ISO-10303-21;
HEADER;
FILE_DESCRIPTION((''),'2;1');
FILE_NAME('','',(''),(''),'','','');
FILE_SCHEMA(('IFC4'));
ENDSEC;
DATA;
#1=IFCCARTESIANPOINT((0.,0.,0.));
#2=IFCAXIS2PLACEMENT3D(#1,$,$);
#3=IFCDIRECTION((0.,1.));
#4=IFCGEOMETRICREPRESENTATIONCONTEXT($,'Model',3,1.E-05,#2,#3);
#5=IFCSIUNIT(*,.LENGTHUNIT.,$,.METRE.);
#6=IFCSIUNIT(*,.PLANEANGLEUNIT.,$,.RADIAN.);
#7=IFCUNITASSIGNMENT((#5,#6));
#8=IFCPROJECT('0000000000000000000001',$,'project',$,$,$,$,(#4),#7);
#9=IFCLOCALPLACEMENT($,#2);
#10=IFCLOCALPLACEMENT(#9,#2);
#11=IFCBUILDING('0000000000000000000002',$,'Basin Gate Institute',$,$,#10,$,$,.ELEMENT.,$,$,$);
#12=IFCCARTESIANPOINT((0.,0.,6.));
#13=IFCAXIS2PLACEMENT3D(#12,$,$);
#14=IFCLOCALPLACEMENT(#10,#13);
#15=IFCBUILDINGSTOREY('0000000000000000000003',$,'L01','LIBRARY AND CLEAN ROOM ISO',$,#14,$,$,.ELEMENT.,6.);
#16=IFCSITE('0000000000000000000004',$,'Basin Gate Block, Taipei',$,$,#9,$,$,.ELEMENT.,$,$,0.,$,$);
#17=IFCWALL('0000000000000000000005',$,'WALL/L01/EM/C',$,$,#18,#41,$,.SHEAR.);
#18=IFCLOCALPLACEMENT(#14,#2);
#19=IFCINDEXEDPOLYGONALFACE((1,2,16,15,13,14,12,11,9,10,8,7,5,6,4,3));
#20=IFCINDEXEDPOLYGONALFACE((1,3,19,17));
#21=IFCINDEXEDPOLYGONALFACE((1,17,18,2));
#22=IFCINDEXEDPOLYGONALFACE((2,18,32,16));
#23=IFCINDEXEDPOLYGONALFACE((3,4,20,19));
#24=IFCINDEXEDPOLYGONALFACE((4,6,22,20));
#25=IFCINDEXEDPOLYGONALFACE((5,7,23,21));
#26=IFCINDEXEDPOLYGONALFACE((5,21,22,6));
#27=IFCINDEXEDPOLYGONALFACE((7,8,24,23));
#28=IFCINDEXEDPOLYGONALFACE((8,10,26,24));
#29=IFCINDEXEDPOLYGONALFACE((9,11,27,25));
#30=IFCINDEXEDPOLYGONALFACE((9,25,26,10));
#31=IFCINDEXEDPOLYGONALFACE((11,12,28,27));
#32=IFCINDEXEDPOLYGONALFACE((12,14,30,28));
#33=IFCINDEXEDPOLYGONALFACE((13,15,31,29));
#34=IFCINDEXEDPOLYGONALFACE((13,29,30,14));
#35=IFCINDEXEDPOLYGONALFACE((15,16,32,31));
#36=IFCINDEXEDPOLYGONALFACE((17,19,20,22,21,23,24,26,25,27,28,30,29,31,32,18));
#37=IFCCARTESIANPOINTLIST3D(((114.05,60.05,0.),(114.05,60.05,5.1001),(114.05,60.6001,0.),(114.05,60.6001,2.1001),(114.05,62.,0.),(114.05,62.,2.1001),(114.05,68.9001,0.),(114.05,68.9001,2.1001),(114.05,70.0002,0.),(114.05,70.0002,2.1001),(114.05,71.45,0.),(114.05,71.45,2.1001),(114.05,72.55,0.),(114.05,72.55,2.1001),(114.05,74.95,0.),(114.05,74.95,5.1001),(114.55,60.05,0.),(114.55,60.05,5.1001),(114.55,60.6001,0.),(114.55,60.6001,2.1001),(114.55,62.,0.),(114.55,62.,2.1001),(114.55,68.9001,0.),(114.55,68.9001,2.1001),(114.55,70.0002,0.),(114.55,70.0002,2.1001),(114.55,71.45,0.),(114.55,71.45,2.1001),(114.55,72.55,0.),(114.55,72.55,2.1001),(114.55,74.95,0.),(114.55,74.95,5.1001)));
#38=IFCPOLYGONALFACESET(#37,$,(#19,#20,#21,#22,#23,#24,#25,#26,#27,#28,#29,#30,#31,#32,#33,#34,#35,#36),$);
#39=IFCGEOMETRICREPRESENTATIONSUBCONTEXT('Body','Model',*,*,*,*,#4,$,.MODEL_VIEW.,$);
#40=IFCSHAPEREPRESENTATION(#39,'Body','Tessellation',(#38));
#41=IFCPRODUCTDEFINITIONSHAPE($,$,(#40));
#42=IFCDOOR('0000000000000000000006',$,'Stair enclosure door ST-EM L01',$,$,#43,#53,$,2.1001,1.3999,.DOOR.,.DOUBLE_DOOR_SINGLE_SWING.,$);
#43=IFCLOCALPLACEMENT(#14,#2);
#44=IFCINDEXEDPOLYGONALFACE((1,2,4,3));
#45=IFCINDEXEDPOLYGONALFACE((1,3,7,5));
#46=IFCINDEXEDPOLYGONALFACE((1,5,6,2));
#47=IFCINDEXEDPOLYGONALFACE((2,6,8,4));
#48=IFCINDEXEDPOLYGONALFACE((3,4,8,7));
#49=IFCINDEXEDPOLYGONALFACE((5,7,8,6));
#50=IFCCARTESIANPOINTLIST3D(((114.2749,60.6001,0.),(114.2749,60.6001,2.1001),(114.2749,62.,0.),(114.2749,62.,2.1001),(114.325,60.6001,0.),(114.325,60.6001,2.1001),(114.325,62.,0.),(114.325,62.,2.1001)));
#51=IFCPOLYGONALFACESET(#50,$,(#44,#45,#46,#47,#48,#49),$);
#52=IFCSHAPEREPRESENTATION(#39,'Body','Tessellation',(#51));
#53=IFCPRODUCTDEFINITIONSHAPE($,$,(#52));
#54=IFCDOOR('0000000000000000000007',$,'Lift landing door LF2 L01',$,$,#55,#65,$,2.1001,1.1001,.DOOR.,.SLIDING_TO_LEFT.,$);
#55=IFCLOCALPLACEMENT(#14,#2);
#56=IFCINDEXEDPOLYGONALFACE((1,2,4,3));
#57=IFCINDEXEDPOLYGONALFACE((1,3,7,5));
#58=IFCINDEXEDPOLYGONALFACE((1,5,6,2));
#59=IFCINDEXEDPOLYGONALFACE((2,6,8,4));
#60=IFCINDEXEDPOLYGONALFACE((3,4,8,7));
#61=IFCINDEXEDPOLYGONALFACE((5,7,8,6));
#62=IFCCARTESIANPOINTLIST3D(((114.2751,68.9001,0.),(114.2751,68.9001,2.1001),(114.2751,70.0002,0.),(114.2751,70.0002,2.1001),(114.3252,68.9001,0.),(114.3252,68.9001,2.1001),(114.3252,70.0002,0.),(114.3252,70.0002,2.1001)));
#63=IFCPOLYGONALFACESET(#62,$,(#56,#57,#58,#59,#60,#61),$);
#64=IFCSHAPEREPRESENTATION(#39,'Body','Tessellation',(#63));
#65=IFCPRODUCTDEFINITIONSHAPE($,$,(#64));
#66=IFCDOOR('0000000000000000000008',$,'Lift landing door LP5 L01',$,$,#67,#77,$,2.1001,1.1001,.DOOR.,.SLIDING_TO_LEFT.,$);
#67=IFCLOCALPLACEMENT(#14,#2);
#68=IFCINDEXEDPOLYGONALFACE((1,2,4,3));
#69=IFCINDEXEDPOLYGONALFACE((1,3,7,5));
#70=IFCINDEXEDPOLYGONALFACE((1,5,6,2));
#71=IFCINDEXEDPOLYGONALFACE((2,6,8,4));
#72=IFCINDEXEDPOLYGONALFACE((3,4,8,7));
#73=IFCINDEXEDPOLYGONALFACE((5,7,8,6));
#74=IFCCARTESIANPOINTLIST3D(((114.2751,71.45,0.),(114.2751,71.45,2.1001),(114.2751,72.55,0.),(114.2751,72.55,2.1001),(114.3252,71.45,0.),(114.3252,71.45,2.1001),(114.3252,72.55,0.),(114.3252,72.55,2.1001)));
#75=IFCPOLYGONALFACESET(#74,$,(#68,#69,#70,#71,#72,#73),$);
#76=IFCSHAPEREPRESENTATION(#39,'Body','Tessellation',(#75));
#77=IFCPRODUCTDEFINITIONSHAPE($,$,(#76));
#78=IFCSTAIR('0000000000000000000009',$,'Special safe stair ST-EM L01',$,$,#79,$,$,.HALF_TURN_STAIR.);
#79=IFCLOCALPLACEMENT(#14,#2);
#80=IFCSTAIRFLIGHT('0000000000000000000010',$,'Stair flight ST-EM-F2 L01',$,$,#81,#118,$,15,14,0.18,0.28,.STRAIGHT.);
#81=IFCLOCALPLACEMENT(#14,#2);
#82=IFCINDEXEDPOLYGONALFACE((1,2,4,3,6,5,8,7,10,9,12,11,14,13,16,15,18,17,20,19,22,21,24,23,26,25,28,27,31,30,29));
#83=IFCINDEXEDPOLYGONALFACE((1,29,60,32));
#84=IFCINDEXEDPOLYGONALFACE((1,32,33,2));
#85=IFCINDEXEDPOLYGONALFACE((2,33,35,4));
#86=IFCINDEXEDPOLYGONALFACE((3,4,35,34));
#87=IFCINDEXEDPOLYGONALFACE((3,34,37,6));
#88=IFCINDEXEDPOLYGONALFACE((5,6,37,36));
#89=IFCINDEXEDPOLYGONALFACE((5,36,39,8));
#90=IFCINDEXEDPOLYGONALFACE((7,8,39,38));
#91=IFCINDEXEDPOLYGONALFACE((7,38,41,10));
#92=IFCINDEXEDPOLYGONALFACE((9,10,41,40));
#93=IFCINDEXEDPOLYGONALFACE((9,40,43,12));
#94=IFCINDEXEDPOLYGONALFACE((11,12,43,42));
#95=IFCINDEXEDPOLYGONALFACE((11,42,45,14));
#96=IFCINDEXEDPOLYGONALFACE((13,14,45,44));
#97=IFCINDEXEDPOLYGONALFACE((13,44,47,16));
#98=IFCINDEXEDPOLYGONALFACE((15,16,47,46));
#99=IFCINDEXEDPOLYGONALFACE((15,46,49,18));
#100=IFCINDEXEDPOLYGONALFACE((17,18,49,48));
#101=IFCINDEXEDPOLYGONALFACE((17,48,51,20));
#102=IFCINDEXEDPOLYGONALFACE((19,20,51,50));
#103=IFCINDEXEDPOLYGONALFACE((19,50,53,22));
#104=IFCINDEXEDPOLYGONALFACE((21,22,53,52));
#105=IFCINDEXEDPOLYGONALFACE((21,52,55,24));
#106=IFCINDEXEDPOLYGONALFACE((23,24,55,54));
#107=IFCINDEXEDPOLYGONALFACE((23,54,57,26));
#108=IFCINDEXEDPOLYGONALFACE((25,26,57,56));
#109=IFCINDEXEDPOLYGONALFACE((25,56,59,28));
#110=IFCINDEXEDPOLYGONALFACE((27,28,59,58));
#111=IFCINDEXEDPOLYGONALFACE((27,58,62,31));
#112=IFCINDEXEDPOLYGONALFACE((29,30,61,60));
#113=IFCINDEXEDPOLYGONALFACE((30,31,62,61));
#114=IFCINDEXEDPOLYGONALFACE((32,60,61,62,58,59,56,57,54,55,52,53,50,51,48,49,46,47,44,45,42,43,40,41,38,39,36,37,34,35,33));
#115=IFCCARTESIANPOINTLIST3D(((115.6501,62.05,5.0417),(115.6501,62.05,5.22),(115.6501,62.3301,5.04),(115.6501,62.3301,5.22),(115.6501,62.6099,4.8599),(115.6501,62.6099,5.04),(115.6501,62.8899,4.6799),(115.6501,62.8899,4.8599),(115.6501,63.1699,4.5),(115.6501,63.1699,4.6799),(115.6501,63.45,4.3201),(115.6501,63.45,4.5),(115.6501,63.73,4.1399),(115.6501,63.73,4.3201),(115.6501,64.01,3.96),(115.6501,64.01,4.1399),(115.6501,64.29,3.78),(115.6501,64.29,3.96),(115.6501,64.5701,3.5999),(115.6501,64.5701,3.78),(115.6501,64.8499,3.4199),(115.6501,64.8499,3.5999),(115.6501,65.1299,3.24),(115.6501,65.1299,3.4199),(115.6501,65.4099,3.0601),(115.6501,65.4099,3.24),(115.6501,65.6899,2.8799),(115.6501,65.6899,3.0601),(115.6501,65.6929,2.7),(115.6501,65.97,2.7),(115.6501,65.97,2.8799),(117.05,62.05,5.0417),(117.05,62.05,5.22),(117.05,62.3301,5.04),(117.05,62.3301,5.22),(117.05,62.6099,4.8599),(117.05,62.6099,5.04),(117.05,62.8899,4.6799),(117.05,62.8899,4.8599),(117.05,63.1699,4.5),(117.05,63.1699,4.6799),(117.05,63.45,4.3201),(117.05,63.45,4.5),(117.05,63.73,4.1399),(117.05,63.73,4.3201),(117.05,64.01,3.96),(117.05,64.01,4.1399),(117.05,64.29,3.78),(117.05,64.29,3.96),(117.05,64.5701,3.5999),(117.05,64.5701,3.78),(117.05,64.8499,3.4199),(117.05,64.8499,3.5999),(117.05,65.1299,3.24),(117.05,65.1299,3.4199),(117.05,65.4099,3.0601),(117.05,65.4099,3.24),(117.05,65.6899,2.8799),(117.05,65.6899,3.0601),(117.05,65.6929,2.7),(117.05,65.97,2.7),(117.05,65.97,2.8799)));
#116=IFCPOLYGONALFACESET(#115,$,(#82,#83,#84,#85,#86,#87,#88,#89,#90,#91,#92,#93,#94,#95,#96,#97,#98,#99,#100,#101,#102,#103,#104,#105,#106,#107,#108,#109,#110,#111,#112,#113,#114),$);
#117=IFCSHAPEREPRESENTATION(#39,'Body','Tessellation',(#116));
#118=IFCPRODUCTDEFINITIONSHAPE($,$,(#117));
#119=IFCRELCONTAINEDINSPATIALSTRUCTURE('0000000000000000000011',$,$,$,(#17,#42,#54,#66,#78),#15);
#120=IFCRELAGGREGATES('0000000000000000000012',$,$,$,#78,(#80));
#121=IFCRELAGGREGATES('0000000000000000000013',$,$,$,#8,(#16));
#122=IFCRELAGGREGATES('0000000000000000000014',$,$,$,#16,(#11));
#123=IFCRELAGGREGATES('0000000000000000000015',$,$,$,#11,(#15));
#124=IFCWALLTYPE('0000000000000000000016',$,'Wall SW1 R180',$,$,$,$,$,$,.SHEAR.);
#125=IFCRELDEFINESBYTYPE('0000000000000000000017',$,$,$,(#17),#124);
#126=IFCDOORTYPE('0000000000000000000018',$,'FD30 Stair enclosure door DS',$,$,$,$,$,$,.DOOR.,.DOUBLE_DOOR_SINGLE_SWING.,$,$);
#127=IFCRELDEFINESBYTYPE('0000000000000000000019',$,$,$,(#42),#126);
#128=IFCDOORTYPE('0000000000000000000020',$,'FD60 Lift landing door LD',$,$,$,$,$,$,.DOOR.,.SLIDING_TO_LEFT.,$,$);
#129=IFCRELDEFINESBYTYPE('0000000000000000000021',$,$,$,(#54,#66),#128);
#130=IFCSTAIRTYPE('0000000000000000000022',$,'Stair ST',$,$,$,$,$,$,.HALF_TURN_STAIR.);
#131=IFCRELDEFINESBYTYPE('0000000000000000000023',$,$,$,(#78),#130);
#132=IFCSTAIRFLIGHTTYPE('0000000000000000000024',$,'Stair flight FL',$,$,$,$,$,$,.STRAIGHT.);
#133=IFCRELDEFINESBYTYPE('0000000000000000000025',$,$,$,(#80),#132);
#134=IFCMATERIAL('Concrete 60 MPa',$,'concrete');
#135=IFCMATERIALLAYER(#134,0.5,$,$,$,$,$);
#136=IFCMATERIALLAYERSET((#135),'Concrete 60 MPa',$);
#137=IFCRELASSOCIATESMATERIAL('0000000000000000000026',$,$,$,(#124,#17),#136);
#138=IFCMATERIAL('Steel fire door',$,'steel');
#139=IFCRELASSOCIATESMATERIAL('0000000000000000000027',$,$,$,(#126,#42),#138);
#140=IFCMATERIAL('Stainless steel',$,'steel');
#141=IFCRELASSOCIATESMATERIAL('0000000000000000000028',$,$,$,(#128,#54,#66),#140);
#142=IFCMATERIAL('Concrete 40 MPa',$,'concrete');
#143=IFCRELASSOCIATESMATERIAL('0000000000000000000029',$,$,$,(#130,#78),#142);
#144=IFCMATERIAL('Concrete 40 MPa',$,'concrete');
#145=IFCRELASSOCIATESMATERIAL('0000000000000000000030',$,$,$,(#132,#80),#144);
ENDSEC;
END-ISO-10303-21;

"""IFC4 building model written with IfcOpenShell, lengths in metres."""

from ifc_helpers import new_model, si_unit, direction, frame, frame_2d, origin, place, context, subcontext, project, spatial, polyline, rectangle, outline, extrude, material, layer, layer_set, type_object, element, fill, aggregate, save


model = new_model("IFC4")

# Units and contexts
model_context = context("Model", 3, precision=1e-05, world=origin(), true_north=direction((0.0, 1.0)))
body_context = subcontext(model_context, "Body", "Model", "MODEL_VIEW")
ifc_project = project(units=[si_unit("LENGTHUNIT", "METRE"), si_unit("PLANEANGLEUNIT", "RADIAN")], contexts=[model_context])

# Site, building, storey
site_placement = place(None, origin())
site = spatial("IfcSite", under=ifc_project, at=site_placement, Name="Basin Gate Block, Taipei", CompositionType="ELEMENT", RefElevation=0.0)
building_placement = place(site_placement, origin())
building = spatial("IfcBuilding", under=site, at=building_placement, Name="Basin Gate Institute", CompositionType="ELEMENT")
storey_placement = place(building_placement, frame((0.0, 0.0, 6.0)))
storey = spatial("IfcBuildingStorey", under=building, at=storey_placement, Name="L01", Description="LIBRARY AND CLEAN ROOM ISO", CompositionType="ELEMENT", Elevation=6.0)

# Wall, openings, doors
ifc_material_1 = material(Name="Concrete 60 MPa", Category="concrete")
ifc_layer_1 = layer(ifc_material_1, 0.5)
ifc_layer_set_1 = layer_set([ifc_layer_1], Name="Concrete 60 MPa")
wall_type_1 = type_object("IfcWallType", Name="Wall SW1 R180", PredefinedType="SHEAR", material=ifc_layer_set_1)
wall_1_placement = place(storey_placement, frame((114.3, 60.05, 0.0), z_axis=(0.0, 0.0, 1.0), x_axis=(0.0, 1.0, 0.0)))
wall_1 = element("IfcWall", 1, at=wall_1_placement, inside=storey, type_object=wall_type_1, material=ifc_layer_set_1, Name="WALL/L01/EM/C", PredefinedType="SHEAR", context=body_context, shape_type="SweptSolid", body=[
    extrude(rectangle(XDim=14.8999, YDim=0.5, at=frame_2d((7.45, 0.0))), origin(), (0.0, 0.0, 1.0), 5.1001),
])
opening_1_placement = place(wall_1_placement, frame((0.55, 0.0, 0.0)))
opening_1 = element("IfcOpeningElement", 2, at=opening_1_placement, cuts=wall_1, PredefinedType="OPENING", context=body_context, shape_type="SweptSolid", body=[
    extrude(rectangle(XDim=1.3999, YDim=2.1001, at=frame_2d((0.7, 1.05))), frame((0.0, 0.26, 0.0), z_axis=(0.0, -1.0, 0.0), x_axis=(1.0, 0.0, 0.0)), (0.0, 0.0, 1.0), 0.52),
])
opening_2_placement = place(wall_1_placement, frame((8.8501, 0.0, 0.0)))
opening_2 = element("IfcOpeningElement", 3, at=opening_2_placement, cuts=wall_1, PredefinedType="OPENING", context=body_context, shape_type="SweptSolid", body=[
    extrude(rectangle(XDim=1.1001, YDim=2.1001, at=frame_2d((0.55, 1.05))), frame((0.0, 0.26, 0.0), z_axis=(0.0, -1.0, 0.0), x_axis=(1.0, 0.0, 0.0)), (0.0, 0.0, 1.0), 0.52),
])
opening_3_placement = place(wall_1_placement, frame((11.3999, 0.0, 0.0)))
opening_3 = element("IfcOpeningElement", 4, at=opening_3_placement, cuts=wall_1, PredefinedType="OPENING", context=body_context, shape_type="SweptSolid", body=[
    extrude(rectangle(XDim=1.1001, YDim=2.1001, at=frame_2d((0.55, 1.05))), frame((0.0, 0.26, 0.0), z_axis=(0.0, -1.0, 0.0), x_axis=(1.0, 0.0, 0.0)), (0.0, 0.0, 1.0), 0.52),
])
ifc_material_2 = material(Name="Steel fire door", Category="steel")
door_type_1 = type_object("IfcDoorType", Name="FD30 Stair enclosure door DS", OperationType="DOUBLE_DOOR_SINGLE_SWING", PredefinedType="DOOR", material=ifc_material_2)
door_1_placement = place(opening_1_placement, frame((1.3999, 0.0, 0.0), z_axis=(0.0, 0.0, 1.0), x_axis=(-1.0, 0.0, 0.0)))
door_1 = element("IfcDoor", 5, at=door_1_placement, inside=storey, type_object=door_type_1, material=ifc_material_2, Name="Stair enclosure door ST-EM L01", OperationType="DOUBLE_DOOR_SINGLE_SWING", OverallHeight=2.1001, OverallWidth=1.3999, PredefinedType="DOOR", context=body_context, shape_type="SweptSolid", body=[
    extrude(rectangle(XDim=1.3999, YDim=2.1001, at=frame_2d((0.7, 1.05))), frame((0.0, 0.0249, 0.0), z_axis=(0.0, -1.0, 0.0), x_axis=(1.0, 0.0, 0.0)), (0.0, 0.0, 1.0), 0.05),
])
fill(opening_1, door_1)
ifc_material_3 = material(Name="Stainless steel", Category="steel")
door_type_2 = type_object("IfcDoorType", Name="FD60 Lift landing door LD", OperationType="SLIDING_TO_LEFT", PredefinedType="DOOR", material=ifc_material_3)
door_2_placement = place(opening_2_placement, origin())
door_2 = element("IfcDoor", 6, at=door_2_placement, inside=storey, type_object=door_type_2, material=ifc_material_3, Name="Lift landing door LF2 L01", OperationType="SLIDING_TO_LEFT", OverallHeight=2.1001, OverallWidth=1.1001, PredefinedType="DOOR", context=body_context, shape_type="SweptSolid", body=[
    extrude(rectangle(XDim=1.1001, YDim=2.1001, at=frame_2d((0.55, 1.05))), frame((0.0, 0.0249, 0.0), z_axis=(0.0, -1.0, 0.0), x_axis=(1.0, 0.0, 0.0)), (0.0, 0.0, 1.0), 0.05),
])
fill(opening_2, door_2)
door_3_placement = place(opening_3_placement, origin())
door_3 = element("IfcDoor", 7, at=door_3_placement, inside=storey, type_object=door_type_2, material=ifc_material_3, Name="Lift landing door LP5 L01", OperationType="SLIDING_TO_LEFT", OverallHeight=2.1001, OverallWidth=1.1001, PredefinedType="DOOR", context=body_context, shape_type="SweptSolid", body=[
    extrude(rectangle(XDim=1.1001, YDim=2.1001, at=frame_2d((0.55, 1.05))), frame((0.0, 0.0249, 0.0), z_axis=(0.0, -1.0, 0.0), x_axis=(1.0, 0.0, 0.0)), (0.0, 0.0, 1.0), 0.05),
])
fill(opening_3, door_3)

# Stair, stair flight
ifc_material_4 = material(Name="Concrete 40 MPa", Category="concrete")
stair_type = type_object("IfcStairType", Name="Stair ST", PredefinedType="HALF_TURN_STAIR", material=ifc_material_4)
stair_placement = place(storey_placement, origin())
stair = element("IfcStair", 8, at=stair_placement, inside=storey, type_object=stair_type, material=ifc_material_4, Name="Special safe stair ST-EM L01", PredefinedType="HALF_TURN_STAIR")
ifc_material_5 = material(Name="Concrete 40 MPa", Category="concrete")
stair_flight_type = type_object("IfcStairFlightType", Name="Stair flight FL", PredefinedType="STRAIGHT", material=ifc_material_5)
stair_flight_placement = place(storey_placement, frame((116.3501, 65.97, 2.7), z_axis=(0.0, 0.0, 1.0), x_axis=(0.0, -1.0, 0.0)))
stair_flight = element("IfcStairFlight", 9, at=stair_flight_placement, type_object=stair_flight_type, material=ifc_material_5, Name="Stair flight ST-EM-F2 L01", NumberOfRisers=15, NumberOfTreads=14, PredefinedType="STRAIGHT", RiserHeight=0.18, TreadLength=0.28, context=body_context, shape_type="SweptSolid", body=[
    extrude(outline(polyline([(0.0, 0.0), (0.0, 0.1799), (0.28, 0.1799), (0.28, 0.3601), (0.5601, 0.3601), (0.5601, 0.54), (0.8401, 0.54), (0.8401, 0.72), (1.1201, 0.72), (1.1201, 0.8999), (1.3999, 0.8999), (1.3999, 1.0801), (1.6799, 1.0801), (1.6799, 1.26), (1.96, 1.26), (1.96, 1.4399), (2.24, 1.4399), (2.24, 1.6201), (2.52, 1.6201), (2.52, 1.8), (2.8, 1.8), (2.8, 1.98), (3.0801, 1.98), (3.0801, 2.1599), (3.3601, 2.1599), (3.3601, 2.3401), (3.6399, 2.3401), (3.6399, 2.52), (3.9199, 2.52), (3.9199, 2.7), (3.9199, 2.3418), (0.2771, 0.0), (0.0, 0.0)])), frame((0.0, 0.7, 0.0), z_axis=(0.0, -1.0, 0.0), x_axis=(1.0, 0.0, 0.0)), (0.0, 0.0, 1.0), 1.3999),
])
aggregate(stair, [stair_flight])

save(model, "model.ifc")
